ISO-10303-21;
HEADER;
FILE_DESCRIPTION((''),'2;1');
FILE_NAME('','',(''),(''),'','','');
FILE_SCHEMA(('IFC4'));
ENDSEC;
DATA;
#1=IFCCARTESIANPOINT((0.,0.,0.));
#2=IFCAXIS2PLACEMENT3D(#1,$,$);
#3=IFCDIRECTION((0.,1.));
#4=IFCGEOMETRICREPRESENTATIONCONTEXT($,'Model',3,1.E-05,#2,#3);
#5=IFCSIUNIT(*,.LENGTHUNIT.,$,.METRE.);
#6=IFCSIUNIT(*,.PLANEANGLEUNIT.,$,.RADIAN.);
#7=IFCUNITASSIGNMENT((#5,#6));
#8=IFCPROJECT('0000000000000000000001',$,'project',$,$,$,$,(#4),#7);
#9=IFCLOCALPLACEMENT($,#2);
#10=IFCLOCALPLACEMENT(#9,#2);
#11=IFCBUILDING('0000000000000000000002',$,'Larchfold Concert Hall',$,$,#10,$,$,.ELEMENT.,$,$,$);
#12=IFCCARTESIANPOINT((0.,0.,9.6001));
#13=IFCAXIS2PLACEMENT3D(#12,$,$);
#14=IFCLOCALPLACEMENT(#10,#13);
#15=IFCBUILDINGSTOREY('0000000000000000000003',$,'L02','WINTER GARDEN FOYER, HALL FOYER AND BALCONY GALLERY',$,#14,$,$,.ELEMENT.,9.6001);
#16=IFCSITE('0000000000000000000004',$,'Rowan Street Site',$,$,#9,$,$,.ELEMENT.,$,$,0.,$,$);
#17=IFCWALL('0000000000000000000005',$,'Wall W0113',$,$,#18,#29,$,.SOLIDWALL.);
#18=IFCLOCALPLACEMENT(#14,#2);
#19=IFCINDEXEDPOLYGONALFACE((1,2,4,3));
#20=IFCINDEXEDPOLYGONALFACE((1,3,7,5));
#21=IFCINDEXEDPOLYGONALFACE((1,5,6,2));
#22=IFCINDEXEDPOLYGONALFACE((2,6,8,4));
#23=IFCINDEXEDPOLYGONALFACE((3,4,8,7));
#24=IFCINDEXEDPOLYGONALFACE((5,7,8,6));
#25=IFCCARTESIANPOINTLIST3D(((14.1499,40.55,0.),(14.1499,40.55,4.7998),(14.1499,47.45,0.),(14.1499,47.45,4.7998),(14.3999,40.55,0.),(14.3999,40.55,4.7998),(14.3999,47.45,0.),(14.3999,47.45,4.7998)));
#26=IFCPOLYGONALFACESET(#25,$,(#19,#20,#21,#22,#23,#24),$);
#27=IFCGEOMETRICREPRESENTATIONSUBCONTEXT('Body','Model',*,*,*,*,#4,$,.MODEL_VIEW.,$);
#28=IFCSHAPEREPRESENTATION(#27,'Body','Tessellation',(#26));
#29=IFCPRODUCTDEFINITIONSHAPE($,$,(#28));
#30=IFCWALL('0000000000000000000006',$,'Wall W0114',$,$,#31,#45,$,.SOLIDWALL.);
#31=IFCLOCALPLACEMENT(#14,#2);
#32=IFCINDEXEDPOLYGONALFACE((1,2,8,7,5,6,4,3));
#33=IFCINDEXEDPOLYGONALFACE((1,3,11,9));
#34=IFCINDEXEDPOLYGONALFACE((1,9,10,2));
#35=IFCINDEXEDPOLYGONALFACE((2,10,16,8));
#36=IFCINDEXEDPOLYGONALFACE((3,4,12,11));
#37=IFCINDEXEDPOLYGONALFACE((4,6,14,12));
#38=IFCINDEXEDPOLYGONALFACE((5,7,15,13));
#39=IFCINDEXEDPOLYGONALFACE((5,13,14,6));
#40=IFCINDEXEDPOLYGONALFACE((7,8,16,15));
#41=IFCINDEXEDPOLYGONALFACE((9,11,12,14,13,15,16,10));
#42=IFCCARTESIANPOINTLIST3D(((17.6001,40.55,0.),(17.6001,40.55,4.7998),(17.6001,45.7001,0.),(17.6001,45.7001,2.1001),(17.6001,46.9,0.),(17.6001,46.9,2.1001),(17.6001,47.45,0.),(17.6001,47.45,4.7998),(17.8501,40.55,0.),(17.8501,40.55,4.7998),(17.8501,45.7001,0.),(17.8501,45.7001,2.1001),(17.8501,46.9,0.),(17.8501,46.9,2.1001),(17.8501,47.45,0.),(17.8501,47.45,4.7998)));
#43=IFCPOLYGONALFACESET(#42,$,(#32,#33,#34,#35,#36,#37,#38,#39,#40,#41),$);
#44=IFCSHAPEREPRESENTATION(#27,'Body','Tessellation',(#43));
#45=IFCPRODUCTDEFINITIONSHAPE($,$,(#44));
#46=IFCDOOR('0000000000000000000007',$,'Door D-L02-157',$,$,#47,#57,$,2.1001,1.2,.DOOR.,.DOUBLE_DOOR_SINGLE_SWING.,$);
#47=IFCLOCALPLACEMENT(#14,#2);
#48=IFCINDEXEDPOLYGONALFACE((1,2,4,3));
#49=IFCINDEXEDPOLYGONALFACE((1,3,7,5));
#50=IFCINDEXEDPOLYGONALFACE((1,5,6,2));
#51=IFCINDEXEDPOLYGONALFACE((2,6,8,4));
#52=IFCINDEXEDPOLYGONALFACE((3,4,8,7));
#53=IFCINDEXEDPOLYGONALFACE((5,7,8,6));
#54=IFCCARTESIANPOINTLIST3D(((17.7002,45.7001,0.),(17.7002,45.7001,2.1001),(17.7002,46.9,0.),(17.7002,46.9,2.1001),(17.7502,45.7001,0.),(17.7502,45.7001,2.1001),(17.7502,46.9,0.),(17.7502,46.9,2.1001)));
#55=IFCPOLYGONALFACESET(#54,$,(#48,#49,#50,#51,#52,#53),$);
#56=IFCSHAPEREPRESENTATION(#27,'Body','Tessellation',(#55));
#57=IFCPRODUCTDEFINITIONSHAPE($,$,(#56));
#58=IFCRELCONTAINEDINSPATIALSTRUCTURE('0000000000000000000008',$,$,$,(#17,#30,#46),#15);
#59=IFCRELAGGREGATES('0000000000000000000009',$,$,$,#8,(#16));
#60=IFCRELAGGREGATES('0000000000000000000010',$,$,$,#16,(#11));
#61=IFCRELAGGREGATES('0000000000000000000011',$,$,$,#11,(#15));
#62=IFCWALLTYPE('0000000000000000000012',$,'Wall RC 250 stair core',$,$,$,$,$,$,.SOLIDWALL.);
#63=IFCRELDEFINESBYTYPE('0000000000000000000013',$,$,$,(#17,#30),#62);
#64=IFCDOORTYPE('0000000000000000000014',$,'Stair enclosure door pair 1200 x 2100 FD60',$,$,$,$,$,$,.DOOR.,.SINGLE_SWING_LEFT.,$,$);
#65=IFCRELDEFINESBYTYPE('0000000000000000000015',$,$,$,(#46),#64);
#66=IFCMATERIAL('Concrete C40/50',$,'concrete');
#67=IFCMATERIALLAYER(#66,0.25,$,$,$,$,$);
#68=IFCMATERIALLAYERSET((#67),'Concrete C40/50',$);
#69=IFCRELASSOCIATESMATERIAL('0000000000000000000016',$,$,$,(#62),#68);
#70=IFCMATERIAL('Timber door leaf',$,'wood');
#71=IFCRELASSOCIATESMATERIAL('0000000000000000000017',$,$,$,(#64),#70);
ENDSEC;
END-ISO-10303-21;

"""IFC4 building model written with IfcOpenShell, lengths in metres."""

from ifc_helpers import new_model, si_unit, direction, frame, frame_2d, origin, place, context, subcontext, project, spatial, rectangle, extrude, material, layer, layer_set, type_object, element, fill, save


model = new_model("IFC4")

# Units and contexts
model_context = context("Model", 3, precision=1e-05, world=origin(), true_north=direction((0.0, 1.0)))
body_context = subcontext(model_context, "Body", "Model", "MODEL_VIEW")
ifc_project = project(units=[si_unit("LENGTHUNIT", "METRE"), si_unit("PLANEANGLEUNIT", "RADIAN")], contexts=[model_context])

# Site, building, storey
site_placement = place(None, origin())
site = spatial("IfcSite", under=ifc_project, at=site_placement, Name="Rowan Street Site", CompositionType="ELEMENT", RefElevation=0.0)
building_placement = place(site_placement, origin())
building = spatial("IfcBuilding", under=site, at=building_placement, Name="Larchfold Concert Hall", CompositionType="ELEMENT")
storey_placement = place(building_placement, frame((0.0, 0.0, 9.6001)))
storey = spatial("IfcBuildingStorey", under=building, at=storey_placement, Name="L02", Description="WINTER GARDEN FOYER, HALL FOYER AND BALCONY GALLERY", CompositionType="ELEMENT", Elevation=9.6001)

# Wall
ifc_material_1 = material(Name="Concrete C40/50", Category="concrete")
ifc_layer_1 = layer(ifc_material_1, 0.25)
ifc_layer_set_1 = layer_set([ifc_layer_1], Name="Concrete C40/50")
wall_type_1 = type_object("IfcWallType", Name="Wall RC 250 stair core", PredefinedType="SOLIDWALL", material=ifc_layer_set_1)
wall_1_placement = place(storey_placement, frame((14.2749, 40.55, 0.0), z_axis=(0.0, 0.0, 1.0), x_axis=(0.0, 1.0, 0.0)))
element("IfcWall", 1, at=wall_1_placement, inside=storey, type_object=wall_type_1, Name="Wall W0113", PredefinedType="SOLIDWALL", context=body_context, shape_type="SweptSolid", body=[
    extrude(rectangle(XDim=6.8999, YDim=0.25, at=frame_2d((3.45, 0.0))), origin(), (0.0, 0.0, 1.0), 4.7998),
])

# Wall, opening, door
wall_2_placement = place(storey_placement, frame((17.7251, 40.55, 0.0), z_axis=(0.0, 0.0, 1.0), x_axis=(0.0, 1.0, 0.0)))
wall_2 = element("IfcWall", 2, at=wall_2_placement, inside=storey, type_object=wall_type_1, Name="Wall W0114", PredefinedType="SOLIDWALL", context=body_context, shape_type="SweptSolid", body=[
    extrude(rectangle(XDim=6.8999, YDim=0.25, at=frame_2d((3.45, 0.0))), origin(), (0.0, 0.0, 1.0), 4.7998),
])
opening_1_placement = place(wall_2_placement, frame((5.1499, 0.0, 0.0)))
opening_1 = element("IfcOpeningElement", 3, at=opening_1_placement, cuts=wall_2, PredefinedType="OPENING", context=body_context, shape_type="SweptSolid", body=[
    extrude(rectangle(XDim=1.2, YDim=2.1001, at=frame_2d((0.6001, 1.05))), frame((0.0, 0.135, 0.0), z_axis=(0.0, -1.0, 0.0), x_axis=(1.0, 0.0, 0.0)), (0.0, 0.0, 1.0), 0.27),
])
ifc_material_2 = material(Name="Timber door leaf", Category="wood")
door_type_1 = type_object("IfcDoorType", Name="Stair enclosure door pair 1200 x 2100 FD60", OperationType="SINGLE_SWING_LEFT", PredefinedType="DOOR", material=ifc_material_2)
door_1_placement = place(opening_1_placement, origin())
door_1 = element("IfcDoor", 4, at=door_1_placement, inside=storey, type_object=door_type_1, Name="Door D-L02-157", OperationType="DOUBLE_DOOR_SINGLE_SWING", OverallHeight=2.1001, OverallWidth=1.2, PredefinedType="DOOR", context=body_context, shape_type="SweptSolid", body=[
    extrude(rectangle(XDim=1.2, YDim=2.1001, at=frame_2d((0.6001, 1.05))), frame((0.0, 0.0249, 0.0), z_axis=(0.0, -1.0, 0.0), x_axis=(1.0, 0.0, 0.0)), (0.0, 0.0, 1.0), 0.05),
])
fill(opening_1, door_1)

save(model, "model.ifc")
